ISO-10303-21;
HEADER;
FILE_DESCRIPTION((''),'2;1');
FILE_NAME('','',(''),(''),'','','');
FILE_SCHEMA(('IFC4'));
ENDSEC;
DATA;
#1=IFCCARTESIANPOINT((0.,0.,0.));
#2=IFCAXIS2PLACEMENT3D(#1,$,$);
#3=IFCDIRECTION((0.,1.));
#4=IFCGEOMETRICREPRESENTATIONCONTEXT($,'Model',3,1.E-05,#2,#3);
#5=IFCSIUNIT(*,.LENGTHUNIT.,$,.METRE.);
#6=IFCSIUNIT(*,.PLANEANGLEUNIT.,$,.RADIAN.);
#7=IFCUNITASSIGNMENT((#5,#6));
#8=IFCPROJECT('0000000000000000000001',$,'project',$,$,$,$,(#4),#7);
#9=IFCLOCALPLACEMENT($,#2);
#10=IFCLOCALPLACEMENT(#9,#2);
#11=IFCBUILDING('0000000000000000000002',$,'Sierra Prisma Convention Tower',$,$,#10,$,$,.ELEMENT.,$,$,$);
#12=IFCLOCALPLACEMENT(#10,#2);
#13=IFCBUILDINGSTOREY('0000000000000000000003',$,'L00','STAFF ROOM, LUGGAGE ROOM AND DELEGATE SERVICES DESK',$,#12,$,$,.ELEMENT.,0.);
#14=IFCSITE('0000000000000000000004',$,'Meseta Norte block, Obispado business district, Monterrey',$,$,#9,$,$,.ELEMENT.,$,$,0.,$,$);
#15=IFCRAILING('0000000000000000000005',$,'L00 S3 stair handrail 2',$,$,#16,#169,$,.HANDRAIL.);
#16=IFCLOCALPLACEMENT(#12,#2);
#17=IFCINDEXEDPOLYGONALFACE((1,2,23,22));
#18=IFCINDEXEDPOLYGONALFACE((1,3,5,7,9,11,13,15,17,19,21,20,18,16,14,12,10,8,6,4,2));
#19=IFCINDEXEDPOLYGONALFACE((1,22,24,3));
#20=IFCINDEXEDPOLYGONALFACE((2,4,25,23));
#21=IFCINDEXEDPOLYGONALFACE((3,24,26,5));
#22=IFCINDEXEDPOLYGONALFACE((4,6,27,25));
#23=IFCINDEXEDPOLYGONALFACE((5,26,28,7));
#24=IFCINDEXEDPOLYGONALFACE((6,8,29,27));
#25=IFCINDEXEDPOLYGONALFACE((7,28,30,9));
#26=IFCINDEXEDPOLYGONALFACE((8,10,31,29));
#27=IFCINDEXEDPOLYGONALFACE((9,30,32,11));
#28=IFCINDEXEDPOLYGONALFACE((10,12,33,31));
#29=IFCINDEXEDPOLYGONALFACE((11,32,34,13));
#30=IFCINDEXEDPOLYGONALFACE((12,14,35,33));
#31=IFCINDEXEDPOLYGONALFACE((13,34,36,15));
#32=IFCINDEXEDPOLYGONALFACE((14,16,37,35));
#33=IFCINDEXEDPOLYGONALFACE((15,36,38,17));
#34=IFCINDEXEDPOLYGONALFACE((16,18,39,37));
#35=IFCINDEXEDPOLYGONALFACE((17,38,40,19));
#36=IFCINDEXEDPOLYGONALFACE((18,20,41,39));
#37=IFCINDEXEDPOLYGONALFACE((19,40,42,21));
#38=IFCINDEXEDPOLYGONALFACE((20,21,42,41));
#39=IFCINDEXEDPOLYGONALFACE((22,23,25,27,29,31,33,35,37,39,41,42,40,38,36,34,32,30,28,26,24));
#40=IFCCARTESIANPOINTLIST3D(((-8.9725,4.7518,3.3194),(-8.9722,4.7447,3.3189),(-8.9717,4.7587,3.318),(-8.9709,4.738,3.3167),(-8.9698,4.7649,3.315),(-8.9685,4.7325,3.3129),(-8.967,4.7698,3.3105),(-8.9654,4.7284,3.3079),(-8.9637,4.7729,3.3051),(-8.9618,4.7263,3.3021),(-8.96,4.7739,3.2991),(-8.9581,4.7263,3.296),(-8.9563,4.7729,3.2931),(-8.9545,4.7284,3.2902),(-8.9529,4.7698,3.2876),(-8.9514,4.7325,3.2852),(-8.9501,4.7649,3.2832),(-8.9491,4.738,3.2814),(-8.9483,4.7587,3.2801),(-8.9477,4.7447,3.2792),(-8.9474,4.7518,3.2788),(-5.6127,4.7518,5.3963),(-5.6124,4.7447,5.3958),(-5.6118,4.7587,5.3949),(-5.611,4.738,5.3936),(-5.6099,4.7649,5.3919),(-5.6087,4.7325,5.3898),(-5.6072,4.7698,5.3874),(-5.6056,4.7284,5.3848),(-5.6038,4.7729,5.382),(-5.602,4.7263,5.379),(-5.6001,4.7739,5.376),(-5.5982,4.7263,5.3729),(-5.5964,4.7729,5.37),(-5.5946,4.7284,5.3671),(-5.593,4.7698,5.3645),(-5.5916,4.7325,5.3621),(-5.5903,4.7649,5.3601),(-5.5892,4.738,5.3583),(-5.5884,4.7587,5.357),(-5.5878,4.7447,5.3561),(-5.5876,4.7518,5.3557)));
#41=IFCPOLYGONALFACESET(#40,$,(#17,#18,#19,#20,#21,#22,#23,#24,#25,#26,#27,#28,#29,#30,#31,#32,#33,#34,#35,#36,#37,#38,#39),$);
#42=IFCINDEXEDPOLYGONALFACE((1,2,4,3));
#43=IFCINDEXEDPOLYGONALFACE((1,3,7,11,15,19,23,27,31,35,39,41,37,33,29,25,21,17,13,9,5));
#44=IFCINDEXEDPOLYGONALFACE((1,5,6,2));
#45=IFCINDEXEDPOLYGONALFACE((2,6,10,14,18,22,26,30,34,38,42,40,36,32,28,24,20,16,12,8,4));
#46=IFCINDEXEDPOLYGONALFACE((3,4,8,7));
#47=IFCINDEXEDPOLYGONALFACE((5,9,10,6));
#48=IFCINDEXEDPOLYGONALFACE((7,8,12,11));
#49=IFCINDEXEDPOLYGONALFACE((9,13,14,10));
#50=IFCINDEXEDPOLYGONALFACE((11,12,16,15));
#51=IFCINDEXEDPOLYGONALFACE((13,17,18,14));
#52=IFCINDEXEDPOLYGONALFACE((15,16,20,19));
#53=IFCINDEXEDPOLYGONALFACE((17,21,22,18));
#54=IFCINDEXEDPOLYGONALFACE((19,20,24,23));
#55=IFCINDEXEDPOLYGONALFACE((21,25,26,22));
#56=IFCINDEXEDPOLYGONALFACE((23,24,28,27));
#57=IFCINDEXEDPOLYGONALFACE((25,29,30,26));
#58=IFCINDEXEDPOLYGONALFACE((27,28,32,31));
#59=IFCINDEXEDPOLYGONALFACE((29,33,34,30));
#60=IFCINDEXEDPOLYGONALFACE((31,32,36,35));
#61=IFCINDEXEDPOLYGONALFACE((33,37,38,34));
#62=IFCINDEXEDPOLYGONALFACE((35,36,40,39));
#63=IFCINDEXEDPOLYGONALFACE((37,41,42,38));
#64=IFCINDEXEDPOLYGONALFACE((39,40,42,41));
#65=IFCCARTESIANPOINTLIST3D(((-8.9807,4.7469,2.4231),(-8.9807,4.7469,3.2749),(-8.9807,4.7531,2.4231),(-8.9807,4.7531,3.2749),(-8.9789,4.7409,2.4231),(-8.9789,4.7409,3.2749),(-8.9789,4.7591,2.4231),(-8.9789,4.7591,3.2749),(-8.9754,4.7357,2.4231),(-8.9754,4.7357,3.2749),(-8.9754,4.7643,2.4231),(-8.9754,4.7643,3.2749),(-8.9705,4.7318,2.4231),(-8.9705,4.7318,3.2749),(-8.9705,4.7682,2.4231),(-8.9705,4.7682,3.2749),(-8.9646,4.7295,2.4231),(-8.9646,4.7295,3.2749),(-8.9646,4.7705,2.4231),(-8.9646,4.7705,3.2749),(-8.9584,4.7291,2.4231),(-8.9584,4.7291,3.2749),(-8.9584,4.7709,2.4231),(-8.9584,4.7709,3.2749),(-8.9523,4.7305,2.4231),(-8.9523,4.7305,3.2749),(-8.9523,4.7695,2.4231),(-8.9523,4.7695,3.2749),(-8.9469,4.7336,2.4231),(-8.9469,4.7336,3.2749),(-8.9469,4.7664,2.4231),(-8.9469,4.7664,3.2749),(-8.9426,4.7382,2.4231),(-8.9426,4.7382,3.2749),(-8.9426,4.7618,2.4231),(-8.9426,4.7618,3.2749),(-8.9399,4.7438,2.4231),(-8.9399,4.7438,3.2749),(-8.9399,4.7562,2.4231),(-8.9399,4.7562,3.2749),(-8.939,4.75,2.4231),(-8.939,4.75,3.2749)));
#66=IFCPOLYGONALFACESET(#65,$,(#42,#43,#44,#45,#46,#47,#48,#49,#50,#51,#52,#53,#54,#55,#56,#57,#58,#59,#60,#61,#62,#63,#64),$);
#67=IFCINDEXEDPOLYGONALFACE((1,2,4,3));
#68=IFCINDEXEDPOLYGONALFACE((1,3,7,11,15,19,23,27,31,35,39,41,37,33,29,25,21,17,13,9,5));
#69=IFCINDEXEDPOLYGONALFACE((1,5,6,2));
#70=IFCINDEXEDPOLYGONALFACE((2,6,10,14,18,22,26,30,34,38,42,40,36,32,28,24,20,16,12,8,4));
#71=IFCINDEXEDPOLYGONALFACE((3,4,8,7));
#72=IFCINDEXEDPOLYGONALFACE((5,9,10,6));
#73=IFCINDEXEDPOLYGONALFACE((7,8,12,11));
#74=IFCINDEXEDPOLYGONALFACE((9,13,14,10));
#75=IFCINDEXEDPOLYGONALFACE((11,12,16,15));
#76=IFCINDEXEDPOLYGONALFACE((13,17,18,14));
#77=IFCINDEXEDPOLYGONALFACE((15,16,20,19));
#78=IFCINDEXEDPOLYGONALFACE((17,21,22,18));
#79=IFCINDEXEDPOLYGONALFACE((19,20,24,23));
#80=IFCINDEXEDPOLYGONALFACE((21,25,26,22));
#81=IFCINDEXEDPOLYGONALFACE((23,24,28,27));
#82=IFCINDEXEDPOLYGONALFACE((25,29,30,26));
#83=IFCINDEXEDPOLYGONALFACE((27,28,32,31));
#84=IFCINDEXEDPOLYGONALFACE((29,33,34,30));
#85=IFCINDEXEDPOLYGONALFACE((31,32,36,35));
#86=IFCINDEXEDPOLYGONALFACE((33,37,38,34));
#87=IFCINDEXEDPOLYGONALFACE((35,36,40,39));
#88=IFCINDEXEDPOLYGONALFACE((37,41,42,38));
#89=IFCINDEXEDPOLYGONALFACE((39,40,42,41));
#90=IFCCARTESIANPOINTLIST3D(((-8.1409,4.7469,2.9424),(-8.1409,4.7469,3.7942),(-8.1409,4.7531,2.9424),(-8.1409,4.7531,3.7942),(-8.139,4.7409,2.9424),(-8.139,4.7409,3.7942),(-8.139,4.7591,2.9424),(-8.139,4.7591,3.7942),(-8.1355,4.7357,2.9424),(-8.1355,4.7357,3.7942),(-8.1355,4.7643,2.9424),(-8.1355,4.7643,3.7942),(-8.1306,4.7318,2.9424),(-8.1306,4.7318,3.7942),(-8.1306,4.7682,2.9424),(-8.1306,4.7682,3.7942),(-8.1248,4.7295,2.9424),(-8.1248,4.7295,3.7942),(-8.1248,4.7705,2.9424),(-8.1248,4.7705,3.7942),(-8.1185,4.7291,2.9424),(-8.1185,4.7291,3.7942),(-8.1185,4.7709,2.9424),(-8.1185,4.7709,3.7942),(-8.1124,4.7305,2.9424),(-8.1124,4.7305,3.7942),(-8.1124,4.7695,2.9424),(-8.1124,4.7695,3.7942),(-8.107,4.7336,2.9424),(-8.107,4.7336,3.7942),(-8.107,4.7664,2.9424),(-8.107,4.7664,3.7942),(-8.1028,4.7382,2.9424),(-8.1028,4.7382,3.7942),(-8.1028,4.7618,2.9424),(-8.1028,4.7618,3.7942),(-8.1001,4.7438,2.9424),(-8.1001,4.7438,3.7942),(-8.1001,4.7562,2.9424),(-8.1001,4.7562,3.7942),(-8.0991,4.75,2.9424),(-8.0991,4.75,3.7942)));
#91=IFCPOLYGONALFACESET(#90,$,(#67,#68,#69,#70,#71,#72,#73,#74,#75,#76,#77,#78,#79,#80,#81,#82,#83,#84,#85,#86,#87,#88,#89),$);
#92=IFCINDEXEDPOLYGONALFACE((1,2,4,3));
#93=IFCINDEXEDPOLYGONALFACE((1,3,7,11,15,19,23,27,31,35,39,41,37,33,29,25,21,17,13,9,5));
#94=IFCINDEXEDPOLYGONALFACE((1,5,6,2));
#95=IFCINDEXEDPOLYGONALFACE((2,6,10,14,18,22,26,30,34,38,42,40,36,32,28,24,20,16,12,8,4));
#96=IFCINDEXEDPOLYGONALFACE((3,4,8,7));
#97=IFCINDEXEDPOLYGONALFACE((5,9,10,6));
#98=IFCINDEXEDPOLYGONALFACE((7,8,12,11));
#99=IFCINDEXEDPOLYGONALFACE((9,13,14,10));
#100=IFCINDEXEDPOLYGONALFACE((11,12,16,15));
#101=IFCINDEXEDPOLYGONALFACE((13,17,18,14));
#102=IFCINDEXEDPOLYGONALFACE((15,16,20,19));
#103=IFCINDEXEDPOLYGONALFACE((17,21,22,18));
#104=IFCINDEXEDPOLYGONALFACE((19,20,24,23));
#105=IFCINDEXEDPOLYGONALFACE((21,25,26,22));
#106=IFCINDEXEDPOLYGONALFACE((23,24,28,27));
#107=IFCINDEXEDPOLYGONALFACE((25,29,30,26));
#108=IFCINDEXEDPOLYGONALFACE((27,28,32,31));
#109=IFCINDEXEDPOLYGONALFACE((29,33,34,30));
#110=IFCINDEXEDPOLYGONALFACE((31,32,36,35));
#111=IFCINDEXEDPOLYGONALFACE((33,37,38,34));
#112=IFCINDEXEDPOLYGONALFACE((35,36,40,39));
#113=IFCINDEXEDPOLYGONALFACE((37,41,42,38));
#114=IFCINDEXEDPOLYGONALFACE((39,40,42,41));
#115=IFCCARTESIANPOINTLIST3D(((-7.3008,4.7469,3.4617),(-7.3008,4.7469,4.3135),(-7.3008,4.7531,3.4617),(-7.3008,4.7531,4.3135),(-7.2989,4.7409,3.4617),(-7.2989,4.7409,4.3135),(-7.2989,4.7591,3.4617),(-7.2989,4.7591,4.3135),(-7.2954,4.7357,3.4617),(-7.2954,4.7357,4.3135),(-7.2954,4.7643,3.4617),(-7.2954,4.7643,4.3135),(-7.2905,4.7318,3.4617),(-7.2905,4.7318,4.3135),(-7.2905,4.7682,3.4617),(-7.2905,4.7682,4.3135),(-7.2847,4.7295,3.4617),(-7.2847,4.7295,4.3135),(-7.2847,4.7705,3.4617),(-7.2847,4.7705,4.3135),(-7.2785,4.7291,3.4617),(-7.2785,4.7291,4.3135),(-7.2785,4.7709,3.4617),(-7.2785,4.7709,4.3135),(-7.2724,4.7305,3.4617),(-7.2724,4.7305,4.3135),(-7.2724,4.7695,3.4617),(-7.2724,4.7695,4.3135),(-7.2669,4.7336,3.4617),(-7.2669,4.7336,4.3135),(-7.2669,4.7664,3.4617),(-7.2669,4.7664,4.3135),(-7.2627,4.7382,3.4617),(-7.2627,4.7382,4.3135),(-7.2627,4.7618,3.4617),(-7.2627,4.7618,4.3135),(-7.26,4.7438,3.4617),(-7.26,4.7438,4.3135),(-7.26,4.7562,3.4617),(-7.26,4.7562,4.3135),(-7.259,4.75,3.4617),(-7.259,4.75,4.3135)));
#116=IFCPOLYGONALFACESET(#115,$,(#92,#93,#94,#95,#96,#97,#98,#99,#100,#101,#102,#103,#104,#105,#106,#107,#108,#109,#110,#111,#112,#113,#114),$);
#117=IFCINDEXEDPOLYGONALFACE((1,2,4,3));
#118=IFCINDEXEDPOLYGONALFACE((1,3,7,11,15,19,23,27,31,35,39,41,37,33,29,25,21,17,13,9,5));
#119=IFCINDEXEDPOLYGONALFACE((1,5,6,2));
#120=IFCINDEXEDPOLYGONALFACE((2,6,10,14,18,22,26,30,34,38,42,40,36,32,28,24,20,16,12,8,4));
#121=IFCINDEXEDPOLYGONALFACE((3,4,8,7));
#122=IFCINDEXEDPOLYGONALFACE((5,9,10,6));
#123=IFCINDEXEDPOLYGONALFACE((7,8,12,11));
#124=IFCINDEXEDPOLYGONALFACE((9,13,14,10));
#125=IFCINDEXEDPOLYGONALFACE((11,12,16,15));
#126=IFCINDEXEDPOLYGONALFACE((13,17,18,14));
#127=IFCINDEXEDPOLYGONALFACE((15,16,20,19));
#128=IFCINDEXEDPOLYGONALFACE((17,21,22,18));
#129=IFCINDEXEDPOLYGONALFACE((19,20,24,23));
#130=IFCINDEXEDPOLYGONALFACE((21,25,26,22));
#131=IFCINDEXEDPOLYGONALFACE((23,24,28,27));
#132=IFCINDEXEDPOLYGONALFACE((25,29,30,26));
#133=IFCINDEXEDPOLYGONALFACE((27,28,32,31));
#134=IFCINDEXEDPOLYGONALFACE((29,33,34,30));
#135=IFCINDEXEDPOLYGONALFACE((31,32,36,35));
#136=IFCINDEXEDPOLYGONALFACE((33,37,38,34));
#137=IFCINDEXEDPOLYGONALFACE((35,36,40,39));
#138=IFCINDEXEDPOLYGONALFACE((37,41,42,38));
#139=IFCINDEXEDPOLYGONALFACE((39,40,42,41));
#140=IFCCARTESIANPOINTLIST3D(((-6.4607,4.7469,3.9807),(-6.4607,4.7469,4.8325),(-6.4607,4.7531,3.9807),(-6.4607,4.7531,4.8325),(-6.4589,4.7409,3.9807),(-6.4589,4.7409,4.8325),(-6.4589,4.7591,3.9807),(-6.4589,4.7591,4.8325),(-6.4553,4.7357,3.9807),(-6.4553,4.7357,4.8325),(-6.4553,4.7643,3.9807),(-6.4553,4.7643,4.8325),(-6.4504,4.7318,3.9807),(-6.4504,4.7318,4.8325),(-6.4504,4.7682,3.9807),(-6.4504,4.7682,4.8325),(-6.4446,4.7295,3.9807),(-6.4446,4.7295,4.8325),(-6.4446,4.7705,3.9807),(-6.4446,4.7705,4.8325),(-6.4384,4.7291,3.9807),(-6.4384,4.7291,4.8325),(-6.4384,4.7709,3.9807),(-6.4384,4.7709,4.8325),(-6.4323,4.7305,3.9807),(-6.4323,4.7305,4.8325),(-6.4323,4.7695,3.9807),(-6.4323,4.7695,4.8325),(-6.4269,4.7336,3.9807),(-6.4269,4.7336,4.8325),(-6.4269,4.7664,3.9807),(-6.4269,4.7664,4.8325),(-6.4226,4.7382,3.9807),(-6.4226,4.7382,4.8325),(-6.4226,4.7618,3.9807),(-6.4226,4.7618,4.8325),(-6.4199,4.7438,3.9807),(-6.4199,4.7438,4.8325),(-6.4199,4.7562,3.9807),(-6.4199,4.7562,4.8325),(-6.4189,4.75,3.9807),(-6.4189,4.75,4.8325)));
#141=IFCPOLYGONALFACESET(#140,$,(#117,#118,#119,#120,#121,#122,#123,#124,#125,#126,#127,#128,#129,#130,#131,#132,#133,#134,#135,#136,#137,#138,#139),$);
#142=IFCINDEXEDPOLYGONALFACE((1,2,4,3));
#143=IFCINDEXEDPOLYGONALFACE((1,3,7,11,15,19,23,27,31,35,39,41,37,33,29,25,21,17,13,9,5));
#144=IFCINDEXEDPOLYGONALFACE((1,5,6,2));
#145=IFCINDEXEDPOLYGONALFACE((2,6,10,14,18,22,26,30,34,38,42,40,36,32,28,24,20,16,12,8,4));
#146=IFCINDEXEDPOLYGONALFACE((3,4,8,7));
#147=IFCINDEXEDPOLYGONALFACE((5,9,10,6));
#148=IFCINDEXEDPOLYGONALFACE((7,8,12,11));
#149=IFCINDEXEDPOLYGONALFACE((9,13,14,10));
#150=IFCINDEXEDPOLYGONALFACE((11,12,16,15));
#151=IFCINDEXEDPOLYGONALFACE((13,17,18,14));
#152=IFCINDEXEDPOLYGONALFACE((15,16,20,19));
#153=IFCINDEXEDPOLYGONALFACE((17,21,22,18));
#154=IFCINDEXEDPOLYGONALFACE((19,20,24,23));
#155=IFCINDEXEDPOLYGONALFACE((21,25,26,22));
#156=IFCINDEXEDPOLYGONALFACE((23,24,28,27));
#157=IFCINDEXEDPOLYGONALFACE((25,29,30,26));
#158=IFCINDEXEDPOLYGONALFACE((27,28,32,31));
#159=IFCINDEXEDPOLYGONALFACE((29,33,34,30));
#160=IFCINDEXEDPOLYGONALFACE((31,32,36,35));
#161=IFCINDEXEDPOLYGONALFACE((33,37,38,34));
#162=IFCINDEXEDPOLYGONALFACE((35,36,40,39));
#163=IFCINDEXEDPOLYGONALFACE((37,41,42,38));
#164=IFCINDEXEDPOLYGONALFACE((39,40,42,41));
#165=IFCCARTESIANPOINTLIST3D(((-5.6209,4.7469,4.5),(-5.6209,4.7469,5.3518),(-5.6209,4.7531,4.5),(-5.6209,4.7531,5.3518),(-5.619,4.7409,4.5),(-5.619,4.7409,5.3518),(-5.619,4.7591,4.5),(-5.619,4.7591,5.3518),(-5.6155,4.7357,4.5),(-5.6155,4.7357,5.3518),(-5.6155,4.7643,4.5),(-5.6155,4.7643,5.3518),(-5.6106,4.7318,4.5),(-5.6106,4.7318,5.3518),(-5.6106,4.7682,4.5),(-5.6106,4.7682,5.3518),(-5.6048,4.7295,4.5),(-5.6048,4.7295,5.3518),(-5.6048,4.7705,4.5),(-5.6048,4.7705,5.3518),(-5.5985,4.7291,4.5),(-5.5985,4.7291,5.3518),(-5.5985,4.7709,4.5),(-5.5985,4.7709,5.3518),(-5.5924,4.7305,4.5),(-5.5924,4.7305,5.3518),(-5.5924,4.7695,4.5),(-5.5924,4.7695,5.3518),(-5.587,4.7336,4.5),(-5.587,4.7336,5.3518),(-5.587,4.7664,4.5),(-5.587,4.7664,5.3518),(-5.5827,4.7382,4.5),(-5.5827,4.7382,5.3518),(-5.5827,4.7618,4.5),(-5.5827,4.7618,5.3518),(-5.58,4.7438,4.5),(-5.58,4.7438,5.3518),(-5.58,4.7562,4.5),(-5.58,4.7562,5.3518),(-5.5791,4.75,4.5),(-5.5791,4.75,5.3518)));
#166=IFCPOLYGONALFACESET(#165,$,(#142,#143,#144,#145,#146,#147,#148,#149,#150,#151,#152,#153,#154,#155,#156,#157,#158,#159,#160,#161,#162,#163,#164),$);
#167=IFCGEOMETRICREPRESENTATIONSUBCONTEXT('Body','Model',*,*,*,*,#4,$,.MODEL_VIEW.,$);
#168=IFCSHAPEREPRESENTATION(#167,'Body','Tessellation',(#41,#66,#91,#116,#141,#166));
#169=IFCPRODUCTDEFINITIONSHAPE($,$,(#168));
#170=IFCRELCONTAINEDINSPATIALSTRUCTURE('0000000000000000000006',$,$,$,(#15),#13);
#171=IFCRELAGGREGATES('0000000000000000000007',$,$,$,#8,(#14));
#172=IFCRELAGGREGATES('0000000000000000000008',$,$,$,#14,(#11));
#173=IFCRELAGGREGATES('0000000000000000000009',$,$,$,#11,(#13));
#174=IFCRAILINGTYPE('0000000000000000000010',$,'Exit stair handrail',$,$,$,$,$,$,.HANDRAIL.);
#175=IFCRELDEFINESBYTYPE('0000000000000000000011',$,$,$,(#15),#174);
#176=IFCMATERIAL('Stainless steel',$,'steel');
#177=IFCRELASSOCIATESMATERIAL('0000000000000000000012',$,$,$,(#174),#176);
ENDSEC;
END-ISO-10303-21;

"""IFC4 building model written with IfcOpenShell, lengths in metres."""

from ifc_helpers import new_model, si_unit, direction, frame, origin, origin_2d, place, context, subcontext, project, spatial, circle, extrude, material, type_object, element, save


model = new_model("IFC4")

# Units and contexts
model_context = context("Model", 3, precision=1e-05, world=origin(), true_north=direction((0.0, 1.0)))
body_context = subcontext(model_context, "Body", "Model", "MODEL_VIEW")
ifc_project = project(units=[si_unit("LENGTHUNIT", "METRE"), si_unit("PLANEANGLEUNIT", "RADIAN")], contexts=[model_context])

# Site, building, storey
site_placement = place(None, origin())
site = spatial("IfcSite", under=ifc_project, at=site_placement, Name="Meseta Norte block, Obispado business district, Monterrey", CompositionType="ELEMENT", RefElevation=0.0)
building_placement = place(site_placement, origin())
building = spatial("IfcBuilding", under=site, at=building_placement, Name="Sierra Prisma Convention Tower", CompositionType="ELEMENT")
storey_placement = place(building_placement, origin())
storey = spatial("IfcBuildingStorey", under=building, at=storey_placement, Name="L00", Description="STAFF ROOM, LUGGAGE ROOM AND DELEGATE SERVICES DESK", CompositionType="ELEMENT", Elevation=0.0)

# Railing
ifc_material_1 = material(Name="Stainless steel", Category="steel")
railing_type = type_object("IfcRailingType", Name="Exit stair handrail", PredefinedType="HANDRAIL", material=ifc_material_1)
for number, where, name in (
    (1, (-8.96, 4.75, 2.4231), "L00 S3 stair handrail 2"),
):
    element("IfcRailing", number, at=place(storey_placement, frame(where)), inside=storey, type_object=railing_type, Name=name, PredefinedType="HANDRAIL", context=body_context, shape_type="SweptSolid", body=[
        extrude(circle(Radius=0.0239, at=origin_2d()), frame((0.0, 0.0, 0.876), z_axis=(0.850606, 0.0, 0.525803), x_axis=(0.0, 1.0, 0.0)), (0.0, 0.0, 1.0), 3.95),
        extrude(circle(Radius=0.021, at=origin_2d()), origin(), (0.0, 0.0, 1.0), 0.8518),
        extrude(circle(Radius=0.021, at=origin_2d()), frame((0.8398, 0.0, 0.5193)), (0.0, 0.0, 1.0), 0.8518),
        extrude(circle(Radius=0.021, at=origin_2d()), frame((1.6799, 0.0, 1.0386)), (0.0, 0.0, 1.0), 0.8518),
        extrude(circle(Radius=0.021, at=origin_2d()), frame((2.52, 0.0, 1.5576)), (0.0, 0.0, 1.0), 0.8518),
        extrude(circle(Radius=0.021, at=origin_2d()), frame((3.3599, 0.0, 2.0769)), (0.0, 0.0, 1.0), 0.8518),
    ])

save(model, "model.ifc")
